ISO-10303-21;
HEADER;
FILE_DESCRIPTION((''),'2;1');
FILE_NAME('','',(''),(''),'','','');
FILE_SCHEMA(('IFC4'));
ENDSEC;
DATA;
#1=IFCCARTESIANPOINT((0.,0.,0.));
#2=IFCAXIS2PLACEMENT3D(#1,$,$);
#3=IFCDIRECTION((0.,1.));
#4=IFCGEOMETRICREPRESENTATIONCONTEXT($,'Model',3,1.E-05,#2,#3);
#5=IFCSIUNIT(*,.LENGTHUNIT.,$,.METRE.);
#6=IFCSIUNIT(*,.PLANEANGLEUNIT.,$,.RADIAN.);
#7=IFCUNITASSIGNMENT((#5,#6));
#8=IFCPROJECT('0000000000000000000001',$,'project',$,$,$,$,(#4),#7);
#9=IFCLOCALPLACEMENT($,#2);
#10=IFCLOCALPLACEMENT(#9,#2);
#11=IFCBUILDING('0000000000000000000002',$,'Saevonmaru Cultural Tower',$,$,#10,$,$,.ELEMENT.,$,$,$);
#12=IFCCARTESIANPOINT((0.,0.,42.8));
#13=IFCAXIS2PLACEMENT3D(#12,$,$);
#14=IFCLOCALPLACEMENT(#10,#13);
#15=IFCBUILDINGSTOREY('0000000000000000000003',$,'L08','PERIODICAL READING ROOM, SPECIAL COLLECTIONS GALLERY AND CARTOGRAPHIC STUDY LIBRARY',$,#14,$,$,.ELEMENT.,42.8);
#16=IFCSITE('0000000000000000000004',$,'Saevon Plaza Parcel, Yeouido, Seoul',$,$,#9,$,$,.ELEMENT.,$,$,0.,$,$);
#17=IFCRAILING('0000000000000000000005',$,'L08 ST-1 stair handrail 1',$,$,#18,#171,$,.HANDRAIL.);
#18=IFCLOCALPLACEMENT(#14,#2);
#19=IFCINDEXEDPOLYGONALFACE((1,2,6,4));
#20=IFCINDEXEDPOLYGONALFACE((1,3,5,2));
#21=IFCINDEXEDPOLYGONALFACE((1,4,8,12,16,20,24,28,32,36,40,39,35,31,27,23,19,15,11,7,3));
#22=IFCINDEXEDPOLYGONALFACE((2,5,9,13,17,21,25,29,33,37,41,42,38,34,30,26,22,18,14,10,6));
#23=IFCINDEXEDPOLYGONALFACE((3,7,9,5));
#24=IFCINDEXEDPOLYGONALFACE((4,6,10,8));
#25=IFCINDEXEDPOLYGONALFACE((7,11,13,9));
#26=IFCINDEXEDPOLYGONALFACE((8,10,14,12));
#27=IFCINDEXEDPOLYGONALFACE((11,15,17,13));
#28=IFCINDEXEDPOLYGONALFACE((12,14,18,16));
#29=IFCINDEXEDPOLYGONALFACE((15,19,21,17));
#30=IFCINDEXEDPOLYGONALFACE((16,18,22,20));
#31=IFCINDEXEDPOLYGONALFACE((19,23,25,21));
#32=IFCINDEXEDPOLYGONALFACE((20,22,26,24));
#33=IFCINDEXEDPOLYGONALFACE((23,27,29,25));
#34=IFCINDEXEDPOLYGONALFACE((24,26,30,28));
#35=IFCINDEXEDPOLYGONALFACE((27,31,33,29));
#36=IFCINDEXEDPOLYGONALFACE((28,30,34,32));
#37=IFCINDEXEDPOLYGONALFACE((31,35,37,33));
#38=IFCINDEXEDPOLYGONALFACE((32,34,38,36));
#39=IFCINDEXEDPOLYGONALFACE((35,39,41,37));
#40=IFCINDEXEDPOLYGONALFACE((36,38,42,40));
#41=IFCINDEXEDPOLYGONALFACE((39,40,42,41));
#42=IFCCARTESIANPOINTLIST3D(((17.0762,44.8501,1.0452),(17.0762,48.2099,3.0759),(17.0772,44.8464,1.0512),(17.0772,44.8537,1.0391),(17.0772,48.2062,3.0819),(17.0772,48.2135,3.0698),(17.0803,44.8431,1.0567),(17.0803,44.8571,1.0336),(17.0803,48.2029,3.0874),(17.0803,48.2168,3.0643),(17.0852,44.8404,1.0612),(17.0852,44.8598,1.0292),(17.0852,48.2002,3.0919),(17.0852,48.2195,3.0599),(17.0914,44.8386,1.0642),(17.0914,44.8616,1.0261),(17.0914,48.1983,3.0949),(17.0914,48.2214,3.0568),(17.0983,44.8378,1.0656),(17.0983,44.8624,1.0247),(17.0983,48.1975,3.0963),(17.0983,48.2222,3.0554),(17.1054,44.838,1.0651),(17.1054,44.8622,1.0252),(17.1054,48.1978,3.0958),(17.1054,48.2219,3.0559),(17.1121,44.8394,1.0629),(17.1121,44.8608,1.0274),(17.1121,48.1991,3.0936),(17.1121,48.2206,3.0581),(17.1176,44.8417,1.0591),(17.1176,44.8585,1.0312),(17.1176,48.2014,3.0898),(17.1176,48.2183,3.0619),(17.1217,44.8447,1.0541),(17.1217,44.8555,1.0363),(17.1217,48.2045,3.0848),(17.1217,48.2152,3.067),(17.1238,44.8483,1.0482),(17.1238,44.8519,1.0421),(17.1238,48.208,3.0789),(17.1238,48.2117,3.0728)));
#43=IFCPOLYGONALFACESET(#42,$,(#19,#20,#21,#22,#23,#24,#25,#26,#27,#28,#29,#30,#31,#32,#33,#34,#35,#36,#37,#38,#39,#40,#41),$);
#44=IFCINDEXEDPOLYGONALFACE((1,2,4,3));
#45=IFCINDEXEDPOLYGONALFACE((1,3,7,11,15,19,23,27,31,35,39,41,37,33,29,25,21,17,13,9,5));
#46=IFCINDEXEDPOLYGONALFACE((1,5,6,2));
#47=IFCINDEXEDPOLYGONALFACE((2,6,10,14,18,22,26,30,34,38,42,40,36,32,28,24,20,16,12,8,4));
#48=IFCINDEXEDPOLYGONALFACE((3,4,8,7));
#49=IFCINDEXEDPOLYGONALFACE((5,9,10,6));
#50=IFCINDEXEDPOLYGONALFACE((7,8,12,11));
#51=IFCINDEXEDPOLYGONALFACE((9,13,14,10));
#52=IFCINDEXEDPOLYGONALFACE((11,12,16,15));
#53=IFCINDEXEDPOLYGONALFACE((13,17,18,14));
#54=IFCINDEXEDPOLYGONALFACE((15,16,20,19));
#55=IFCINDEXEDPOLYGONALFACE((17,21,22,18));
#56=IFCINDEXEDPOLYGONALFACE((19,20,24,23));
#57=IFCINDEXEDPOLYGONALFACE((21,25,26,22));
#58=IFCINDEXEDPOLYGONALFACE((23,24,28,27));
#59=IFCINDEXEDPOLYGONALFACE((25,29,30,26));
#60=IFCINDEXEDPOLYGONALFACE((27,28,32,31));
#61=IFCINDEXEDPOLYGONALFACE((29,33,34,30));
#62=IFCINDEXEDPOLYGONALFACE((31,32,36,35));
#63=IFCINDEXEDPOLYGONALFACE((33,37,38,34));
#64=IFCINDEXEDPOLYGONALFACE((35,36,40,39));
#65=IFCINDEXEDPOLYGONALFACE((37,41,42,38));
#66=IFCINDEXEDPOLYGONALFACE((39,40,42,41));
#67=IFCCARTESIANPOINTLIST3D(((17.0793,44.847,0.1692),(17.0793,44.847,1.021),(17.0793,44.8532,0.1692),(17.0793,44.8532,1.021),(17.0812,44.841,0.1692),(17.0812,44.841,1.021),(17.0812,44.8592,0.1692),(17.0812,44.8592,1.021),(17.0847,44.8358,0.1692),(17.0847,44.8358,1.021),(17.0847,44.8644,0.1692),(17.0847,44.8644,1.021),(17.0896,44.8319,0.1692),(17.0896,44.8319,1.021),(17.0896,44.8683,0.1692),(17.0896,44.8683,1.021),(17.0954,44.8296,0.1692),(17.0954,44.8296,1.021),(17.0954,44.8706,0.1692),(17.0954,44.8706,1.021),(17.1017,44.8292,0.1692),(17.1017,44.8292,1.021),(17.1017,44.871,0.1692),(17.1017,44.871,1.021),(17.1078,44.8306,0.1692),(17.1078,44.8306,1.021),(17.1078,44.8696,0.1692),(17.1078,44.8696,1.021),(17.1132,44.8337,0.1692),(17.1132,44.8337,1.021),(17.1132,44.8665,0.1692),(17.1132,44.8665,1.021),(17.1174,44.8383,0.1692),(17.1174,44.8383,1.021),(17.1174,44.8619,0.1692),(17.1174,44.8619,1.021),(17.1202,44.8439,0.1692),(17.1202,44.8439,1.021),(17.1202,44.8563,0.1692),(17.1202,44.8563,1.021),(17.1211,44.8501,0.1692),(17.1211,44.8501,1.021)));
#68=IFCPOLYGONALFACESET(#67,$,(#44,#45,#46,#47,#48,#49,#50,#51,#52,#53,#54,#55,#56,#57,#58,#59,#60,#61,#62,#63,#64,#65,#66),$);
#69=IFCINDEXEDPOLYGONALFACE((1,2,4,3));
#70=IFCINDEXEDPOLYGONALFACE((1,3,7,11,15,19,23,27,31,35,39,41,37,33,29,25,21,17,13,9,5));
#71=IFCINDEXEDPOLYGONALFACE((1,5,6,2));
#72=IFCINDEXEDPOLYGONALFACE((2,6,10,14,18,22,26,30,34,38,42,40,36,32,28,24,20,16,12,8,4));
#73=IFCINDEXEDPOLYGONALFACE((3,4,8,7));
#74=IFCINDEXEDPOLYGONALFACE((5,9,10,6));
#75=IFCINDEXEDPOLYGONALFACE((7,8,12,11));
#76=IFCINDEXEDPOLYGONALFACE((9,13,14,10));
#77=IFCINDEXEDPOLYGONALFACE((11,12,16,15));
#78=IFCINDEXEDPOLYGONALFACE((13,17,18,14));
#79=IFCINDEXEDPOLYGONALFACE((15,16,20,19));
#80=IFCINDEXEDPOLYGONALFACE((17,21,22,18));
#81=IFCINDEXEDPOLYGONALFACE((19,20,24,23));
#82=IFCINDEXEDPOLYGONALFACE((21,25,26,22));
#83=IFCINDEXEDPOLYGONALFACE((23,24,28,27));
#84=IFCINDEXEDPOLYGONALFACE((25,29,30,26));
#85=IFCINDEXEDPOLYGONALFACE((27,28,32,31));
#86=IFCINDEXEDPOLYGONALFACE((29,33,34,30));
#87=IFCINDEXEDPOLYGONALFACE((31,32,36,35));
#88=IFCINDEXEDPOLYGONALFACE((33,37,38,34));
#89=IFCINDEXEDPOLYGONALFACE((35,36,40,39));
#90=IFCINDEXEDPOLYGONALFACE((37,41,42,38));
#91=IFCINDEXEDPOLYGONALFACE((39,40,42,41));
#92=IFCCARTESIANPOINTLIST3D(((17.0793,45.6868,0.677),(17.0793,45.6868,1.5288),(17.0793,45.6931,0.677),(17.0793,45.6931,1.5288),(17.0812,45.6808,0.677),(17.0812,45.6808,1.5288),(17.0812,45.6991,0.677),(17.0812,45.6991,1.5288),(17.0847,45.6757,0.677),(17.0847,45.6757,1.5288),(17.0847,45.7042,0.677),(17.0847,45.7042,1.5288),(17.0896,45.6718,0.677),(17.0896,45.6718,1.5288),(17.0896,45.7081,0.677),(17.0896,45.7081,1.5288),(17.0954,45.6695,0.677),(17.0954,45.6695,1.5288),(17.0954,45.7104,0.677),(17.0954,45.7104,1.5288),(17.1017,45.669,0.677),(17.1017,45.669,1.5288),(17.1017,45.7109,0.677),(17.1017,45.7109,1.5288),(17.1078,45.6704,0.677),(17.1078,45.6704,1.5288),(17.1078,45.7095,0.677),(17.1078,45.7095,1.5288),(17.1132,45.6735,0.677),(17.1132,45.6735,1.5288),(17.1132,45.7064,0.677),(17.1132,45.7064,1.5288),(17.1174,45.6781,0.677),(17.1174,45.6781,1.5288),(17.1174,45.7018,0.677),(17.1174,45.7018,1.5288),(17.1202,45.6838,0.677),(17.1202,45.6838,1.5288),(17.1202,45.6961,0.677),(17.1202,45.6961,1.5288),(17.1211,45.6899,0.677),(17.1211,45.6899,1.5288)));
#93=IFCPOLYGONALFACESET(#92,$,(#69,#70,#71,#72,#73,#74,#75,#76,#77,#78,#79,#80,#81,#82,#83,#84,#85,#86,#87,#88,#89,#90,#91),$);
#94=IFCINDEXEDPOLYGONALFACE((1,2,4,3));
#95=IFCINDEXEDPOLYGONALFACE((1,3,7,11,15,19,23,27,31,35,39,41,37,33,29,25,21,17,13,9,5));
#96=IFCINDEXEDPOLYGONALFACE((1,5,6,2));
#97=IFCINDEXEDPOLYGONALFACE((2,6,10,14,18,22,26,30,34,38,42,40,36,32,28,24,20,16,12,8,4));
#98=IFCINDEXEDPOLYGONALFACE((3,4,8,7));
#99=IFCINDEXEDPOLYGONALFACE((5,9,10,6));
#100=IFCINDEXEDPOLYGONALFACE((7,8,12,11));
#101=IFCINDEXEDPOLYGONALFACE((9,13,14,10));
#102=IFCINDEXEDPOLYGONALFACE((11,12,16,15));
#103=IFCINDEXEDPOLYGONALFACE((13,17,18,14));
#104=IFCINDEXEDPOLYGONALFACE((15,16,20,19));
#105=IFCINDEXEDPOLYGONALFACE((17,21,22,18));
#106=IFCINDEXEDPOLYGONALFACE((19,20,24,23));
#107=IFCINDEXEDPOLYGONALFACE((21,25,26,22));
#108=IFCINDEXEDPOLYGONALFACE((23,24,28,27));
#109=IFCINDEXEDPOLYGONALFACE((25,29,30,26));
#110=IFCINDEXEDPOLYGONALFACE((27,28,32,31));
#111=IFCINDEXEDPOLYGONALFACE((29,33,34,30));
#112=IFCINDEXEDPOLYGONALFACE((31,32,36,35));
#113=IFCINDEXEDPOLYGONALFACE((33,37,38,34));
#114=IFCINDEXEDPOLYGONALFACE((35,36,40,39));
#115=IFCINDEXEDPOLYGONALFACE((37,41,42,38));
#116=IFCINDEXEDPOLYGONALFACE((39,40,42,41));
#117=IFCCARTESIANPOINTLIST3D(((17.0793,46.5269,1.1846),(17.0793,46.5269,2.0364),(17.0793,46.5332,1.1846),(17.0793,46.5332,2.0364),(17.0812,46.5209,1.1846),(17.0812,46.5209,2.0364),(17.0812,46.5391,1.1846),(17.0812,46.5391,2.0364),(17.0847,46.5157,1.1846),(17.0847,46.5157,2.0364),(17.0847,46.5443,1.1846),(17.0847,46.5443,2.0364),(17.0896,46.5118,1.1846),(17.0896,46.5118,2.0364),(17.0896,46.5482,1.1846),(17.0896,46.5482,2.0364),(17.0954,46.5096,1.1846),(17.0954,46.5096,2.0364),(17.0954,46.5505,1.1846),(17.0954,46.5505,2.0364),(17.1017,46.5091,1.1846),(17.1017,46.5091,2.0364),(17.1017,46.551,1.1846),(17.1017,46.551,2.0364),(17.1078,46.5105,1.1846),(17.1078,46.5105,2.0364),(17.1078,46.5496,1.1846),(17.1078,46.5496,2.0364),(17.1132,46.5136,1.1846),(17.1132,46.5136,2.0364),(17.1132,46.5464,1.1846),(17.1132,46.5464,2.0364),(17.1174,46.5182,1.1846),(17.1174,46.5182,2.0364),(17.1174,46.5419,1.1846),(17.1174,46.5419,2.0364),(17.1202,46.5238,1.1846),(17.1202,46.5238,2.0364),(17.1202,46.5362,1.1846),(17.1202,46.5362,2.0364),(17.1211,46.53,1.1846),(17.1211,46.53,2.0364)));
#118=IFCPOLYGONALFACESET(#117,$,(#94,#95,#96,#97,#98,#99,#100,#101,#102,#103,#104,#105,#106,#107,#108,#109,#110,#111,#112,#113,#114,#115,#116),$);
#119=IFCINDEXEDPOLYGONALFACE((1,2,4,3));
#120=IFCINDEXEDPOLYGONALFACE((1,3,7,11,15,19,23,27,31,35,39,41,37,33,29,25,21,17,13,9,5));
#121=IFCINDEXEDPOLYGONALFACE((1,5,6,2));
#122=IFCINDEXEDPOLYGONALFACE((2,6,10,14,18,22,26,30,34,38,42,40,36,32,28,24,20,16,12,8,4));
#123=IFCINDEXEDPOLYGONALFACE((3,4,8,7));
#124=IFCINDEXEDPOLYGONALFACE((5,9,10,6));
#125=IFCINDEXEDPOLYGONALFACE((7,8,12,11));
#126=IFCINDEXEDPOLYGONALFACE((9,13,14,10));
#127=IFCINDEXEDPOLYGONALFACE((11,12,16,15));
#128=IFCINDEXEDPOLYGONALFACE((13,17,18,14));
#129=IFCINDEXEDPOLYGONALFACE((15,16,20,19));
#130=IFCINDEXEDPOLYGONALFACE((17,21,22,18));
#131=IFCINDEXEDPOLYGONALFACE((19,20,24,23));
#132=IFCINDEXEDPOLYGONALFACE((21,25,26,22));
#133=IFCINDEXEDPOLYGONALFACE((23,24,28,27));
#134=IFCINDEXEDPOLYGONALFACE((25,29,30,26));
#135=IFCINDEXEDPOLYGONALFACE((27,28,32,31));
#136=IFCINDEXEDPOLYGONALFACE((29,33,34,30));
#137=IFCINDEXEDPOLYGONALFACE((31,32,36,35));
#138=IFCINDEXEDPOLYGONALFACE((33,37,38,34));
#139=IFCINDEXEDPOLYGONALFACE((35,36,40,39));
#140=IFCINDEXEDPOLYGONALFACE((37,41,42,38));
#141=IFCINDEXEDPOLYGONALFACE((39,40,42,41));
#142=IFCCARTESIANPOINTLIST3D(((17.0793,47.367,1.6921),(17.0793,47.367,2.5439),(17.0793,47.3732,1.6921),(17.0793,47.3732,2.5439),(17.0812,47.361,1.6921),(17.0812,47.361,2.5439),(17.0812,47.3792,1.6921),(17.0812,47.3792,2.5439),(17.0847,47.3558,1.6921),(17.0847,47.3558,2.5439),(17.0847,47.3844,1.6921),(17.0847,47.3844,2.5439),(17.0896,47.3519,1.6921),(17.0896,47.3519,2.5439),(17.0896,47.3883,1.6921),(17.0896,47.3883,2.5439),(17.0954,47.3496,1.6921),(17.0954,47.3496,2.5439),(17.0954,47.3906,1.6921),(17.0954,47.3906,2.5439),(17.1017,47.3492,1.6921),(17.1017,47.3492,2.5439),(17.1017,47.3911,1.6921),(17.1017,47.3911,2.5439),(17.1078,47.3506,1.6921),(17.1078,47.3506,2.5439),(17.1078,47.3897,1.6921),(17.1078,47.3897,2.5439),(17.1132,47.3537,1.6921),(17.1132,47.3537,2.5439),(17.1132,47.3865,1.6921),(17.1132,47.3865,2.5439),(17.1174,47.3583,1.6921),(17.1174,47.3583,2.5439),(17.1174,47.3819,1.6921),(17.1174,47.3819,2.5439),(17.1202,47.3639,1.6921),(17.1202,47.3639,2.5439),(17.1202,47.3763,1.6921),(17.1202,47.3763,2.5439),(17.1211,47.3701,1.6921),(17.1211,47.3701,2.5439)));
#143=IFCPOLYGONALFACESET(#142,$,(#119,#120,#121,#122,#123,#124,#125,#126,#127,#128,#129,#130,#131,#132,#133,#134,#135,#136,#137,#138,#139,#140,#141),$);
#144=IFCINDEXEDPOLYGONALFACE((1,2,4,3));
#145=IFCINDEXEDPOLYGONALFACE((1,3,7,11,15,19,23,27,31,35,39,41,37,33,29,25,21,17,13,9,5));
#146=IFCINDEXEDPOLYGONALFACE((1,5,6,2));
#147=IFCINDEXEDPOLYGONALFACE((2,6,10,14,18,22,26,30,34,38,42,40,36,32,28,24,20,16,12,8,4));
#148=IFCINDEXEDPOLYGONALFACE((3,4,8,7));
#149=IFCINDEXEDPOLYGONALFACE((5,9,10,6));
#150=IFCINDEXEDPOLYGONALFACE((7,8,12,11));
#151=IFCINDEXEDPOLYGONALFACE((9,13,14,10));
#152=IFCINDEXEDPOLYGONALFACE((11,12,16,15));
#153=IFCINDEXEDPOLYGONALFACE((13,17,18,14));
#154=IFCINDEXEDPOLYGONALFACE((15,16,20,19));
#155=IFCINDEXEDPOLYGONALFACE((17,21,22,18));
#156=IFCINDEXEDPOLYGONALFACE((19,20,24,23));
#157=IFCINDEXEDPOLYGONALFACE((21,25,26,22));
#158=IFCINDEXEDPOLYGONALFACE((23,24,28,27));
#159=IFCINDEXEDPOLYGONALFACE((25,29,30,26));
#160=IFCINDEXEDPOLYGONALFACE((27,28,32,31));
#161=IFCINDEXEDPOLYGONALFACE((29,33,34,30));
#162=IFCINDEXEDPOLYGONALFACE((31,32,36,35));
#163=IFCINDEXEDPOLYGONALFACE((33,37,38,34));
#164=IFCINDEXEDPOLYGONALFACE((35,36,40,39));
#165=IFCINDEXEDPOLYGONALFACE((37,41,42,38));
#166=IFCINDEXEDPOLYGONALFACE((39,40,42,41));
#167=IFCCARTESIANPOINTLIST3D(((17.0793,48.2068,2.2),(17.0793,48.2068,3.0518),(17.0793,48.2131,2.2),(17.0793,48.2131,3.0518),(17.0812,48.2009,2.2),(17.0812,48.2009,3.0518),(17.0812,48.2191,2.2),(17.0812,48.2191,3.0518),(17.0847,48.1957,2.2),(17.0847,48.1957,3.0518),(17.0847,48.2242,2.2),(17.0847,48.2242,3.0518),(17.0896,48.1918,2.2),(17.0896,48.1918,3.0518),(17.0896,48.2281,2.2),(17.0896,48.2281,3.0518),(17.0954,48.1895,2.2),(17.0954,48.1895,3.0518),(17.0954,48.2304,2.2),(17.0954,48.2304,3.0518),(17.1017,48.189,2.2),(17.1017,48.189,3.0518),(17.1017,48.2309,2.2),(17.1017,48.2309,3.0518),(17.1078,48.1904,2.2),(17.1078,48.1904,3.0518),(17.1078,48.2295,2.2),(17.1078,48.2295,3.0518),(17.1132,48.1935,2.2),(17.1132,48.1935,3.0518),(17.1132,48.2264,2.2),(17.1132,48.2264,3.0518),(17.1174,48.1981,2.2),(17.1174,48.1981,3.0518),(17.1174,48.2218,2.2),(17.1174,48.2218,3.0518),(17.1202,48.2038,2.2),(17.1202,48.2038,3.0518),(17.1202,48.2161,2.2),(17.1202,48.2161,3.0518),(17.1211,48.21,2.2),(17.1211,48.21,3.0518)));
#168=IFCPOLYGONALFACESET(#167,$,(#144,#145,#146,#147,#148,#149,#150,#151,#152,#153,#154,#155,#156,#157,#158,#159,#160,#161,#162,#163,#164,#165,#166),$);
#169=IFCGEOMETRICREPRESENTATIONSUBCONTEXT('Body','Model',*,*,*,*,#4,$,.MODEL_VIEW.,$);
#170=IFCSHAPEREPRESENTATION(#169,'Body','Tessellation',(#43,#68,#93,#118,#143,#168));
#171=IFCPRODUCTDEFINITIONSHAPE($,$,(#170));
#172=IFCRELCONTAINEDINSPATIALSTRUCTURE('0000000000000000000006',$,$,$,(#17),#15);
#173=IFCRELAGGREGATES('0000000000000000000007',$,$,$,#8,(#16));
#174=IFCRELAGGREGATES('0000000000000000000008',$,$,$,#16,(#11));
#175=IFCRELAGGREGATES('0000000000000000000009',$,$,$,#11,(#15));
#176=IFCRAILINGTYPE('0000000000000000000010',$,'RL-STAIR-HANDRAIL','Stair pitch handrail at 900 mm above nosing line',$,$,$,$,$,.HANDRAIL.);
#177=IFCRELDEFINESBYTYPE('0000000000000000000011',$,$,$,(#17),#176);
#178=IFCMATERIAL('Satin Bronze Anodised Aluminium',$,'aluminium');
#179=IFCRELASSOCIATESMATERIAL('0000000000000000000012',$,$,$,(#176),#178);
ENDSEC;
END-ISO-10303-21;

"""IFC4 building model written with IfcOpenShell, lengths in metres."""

from ifc_helpers import new_model, si_unit, direction, frame, origin, origin_2d, place, context, subcontext, project, spatial, circle, extrude, material, type_object, element, save


model = new_model("IFC4")

# Units and contexts
model_context = context("Model", 3, precision=1e-05, world=origin(), true_north=direction((0.0, 1.0)))
body_context = subcontext(model_context, "Body", "Model", "MODEL_VIEW")
ifc_project = project(units=[si_unit("LENGTHUNIT", "METRE"), si_unit("PLANEANGLEUNIT", "RADIAN")], contexts=[model_context])

# Site, building, storey
site_placement = place(None, origin())
site = spatial("IfcSite", under=ifc_project, at=site_placement, Name="Saevon Plaza Parcel, Yeouido, Seoul", CompositionType="ELEMENT", RefElevation=0.0)
building_placement = place(site_placement, origin())
building = spatial("IfcBuilding", under=site, at=building_placement, Name="Saevonmaru Cultural Tower", CompositionType="ELEMENT")
storey_placement = place(building_placement, frame((0.0, 0.0, 42.8)))
storey = spatial("IfcBuildingStorey", under=building, at=storey_placement, Name="L08", Description="PERIODICAL READING ROOM, SPECIAL COLLECTIONS GALLERY AND CARTOGRAPHIC STUDY LIBRARY", CompositionType="ELEMENT", Elevation=42.8)

# Shared definitions
ifc_material_1 = material(Name="Satin Bronze Anodised Aluminium", Category="aluminium")

# Railing
railing_type_1 = type_object("IfcRailingType", Name="RL-STAIR-HANDRAIL", Description="Stair pitch handrail at 900 mm above nosing line", PredefinedType="HANDRAIL", material=ifc_material_1)
railing_1_placement = place(storey_placement, frame((17.1001, 44.8501, 0.1692)))
element("IfcRailing", 1, at=railing_1_placement, inside=storey, type_object=railing_type_1, Name="L08 ST-1 stair handrail 1", PredefinedType="HANDRAIL", context=body_context, shape_type="SweptSolid", body=[
    extrude(circle(Radius=0.0239, at=origin_2d()), frame((0.0, 0.0, 0.876), z_axis=(0.0, 0.85582, 0.517273), x_axis=(-1.0, 0.0, 0.0)), (0.0, 0.0, 1.0), 3.9258),
    extrude(circle(Radius=0.021, at=origin_2d()), origin(), (0.0, 0.0, 1.0), 0.8518),
    extrude(circle(Radius=0.021, at=origin_2d()), frame((0.0, 0.8398, 0.5078)), (0.0, 0.0, 1.0), 0.8518),
    extrude(circle(Radius=0.021, at=origin_2d()), frame((0.0, 1.6799, 1.0154)), (0.0, 0.0, 1.0), 0.8518),
    extrude(circle(Radius=0.021, at=origin_2d()), frame((0.0, 2.52, 1.5229)), (0.0, 0.0, 1.0), 0.8518),
    extrude(circle(Radius=0.021, at=origin_2d()), frame((0.0, 3.3599, 2.0308)), (0.0, 0.0, 1.0), 0.8518),
])

save(model, "model.ifc")
